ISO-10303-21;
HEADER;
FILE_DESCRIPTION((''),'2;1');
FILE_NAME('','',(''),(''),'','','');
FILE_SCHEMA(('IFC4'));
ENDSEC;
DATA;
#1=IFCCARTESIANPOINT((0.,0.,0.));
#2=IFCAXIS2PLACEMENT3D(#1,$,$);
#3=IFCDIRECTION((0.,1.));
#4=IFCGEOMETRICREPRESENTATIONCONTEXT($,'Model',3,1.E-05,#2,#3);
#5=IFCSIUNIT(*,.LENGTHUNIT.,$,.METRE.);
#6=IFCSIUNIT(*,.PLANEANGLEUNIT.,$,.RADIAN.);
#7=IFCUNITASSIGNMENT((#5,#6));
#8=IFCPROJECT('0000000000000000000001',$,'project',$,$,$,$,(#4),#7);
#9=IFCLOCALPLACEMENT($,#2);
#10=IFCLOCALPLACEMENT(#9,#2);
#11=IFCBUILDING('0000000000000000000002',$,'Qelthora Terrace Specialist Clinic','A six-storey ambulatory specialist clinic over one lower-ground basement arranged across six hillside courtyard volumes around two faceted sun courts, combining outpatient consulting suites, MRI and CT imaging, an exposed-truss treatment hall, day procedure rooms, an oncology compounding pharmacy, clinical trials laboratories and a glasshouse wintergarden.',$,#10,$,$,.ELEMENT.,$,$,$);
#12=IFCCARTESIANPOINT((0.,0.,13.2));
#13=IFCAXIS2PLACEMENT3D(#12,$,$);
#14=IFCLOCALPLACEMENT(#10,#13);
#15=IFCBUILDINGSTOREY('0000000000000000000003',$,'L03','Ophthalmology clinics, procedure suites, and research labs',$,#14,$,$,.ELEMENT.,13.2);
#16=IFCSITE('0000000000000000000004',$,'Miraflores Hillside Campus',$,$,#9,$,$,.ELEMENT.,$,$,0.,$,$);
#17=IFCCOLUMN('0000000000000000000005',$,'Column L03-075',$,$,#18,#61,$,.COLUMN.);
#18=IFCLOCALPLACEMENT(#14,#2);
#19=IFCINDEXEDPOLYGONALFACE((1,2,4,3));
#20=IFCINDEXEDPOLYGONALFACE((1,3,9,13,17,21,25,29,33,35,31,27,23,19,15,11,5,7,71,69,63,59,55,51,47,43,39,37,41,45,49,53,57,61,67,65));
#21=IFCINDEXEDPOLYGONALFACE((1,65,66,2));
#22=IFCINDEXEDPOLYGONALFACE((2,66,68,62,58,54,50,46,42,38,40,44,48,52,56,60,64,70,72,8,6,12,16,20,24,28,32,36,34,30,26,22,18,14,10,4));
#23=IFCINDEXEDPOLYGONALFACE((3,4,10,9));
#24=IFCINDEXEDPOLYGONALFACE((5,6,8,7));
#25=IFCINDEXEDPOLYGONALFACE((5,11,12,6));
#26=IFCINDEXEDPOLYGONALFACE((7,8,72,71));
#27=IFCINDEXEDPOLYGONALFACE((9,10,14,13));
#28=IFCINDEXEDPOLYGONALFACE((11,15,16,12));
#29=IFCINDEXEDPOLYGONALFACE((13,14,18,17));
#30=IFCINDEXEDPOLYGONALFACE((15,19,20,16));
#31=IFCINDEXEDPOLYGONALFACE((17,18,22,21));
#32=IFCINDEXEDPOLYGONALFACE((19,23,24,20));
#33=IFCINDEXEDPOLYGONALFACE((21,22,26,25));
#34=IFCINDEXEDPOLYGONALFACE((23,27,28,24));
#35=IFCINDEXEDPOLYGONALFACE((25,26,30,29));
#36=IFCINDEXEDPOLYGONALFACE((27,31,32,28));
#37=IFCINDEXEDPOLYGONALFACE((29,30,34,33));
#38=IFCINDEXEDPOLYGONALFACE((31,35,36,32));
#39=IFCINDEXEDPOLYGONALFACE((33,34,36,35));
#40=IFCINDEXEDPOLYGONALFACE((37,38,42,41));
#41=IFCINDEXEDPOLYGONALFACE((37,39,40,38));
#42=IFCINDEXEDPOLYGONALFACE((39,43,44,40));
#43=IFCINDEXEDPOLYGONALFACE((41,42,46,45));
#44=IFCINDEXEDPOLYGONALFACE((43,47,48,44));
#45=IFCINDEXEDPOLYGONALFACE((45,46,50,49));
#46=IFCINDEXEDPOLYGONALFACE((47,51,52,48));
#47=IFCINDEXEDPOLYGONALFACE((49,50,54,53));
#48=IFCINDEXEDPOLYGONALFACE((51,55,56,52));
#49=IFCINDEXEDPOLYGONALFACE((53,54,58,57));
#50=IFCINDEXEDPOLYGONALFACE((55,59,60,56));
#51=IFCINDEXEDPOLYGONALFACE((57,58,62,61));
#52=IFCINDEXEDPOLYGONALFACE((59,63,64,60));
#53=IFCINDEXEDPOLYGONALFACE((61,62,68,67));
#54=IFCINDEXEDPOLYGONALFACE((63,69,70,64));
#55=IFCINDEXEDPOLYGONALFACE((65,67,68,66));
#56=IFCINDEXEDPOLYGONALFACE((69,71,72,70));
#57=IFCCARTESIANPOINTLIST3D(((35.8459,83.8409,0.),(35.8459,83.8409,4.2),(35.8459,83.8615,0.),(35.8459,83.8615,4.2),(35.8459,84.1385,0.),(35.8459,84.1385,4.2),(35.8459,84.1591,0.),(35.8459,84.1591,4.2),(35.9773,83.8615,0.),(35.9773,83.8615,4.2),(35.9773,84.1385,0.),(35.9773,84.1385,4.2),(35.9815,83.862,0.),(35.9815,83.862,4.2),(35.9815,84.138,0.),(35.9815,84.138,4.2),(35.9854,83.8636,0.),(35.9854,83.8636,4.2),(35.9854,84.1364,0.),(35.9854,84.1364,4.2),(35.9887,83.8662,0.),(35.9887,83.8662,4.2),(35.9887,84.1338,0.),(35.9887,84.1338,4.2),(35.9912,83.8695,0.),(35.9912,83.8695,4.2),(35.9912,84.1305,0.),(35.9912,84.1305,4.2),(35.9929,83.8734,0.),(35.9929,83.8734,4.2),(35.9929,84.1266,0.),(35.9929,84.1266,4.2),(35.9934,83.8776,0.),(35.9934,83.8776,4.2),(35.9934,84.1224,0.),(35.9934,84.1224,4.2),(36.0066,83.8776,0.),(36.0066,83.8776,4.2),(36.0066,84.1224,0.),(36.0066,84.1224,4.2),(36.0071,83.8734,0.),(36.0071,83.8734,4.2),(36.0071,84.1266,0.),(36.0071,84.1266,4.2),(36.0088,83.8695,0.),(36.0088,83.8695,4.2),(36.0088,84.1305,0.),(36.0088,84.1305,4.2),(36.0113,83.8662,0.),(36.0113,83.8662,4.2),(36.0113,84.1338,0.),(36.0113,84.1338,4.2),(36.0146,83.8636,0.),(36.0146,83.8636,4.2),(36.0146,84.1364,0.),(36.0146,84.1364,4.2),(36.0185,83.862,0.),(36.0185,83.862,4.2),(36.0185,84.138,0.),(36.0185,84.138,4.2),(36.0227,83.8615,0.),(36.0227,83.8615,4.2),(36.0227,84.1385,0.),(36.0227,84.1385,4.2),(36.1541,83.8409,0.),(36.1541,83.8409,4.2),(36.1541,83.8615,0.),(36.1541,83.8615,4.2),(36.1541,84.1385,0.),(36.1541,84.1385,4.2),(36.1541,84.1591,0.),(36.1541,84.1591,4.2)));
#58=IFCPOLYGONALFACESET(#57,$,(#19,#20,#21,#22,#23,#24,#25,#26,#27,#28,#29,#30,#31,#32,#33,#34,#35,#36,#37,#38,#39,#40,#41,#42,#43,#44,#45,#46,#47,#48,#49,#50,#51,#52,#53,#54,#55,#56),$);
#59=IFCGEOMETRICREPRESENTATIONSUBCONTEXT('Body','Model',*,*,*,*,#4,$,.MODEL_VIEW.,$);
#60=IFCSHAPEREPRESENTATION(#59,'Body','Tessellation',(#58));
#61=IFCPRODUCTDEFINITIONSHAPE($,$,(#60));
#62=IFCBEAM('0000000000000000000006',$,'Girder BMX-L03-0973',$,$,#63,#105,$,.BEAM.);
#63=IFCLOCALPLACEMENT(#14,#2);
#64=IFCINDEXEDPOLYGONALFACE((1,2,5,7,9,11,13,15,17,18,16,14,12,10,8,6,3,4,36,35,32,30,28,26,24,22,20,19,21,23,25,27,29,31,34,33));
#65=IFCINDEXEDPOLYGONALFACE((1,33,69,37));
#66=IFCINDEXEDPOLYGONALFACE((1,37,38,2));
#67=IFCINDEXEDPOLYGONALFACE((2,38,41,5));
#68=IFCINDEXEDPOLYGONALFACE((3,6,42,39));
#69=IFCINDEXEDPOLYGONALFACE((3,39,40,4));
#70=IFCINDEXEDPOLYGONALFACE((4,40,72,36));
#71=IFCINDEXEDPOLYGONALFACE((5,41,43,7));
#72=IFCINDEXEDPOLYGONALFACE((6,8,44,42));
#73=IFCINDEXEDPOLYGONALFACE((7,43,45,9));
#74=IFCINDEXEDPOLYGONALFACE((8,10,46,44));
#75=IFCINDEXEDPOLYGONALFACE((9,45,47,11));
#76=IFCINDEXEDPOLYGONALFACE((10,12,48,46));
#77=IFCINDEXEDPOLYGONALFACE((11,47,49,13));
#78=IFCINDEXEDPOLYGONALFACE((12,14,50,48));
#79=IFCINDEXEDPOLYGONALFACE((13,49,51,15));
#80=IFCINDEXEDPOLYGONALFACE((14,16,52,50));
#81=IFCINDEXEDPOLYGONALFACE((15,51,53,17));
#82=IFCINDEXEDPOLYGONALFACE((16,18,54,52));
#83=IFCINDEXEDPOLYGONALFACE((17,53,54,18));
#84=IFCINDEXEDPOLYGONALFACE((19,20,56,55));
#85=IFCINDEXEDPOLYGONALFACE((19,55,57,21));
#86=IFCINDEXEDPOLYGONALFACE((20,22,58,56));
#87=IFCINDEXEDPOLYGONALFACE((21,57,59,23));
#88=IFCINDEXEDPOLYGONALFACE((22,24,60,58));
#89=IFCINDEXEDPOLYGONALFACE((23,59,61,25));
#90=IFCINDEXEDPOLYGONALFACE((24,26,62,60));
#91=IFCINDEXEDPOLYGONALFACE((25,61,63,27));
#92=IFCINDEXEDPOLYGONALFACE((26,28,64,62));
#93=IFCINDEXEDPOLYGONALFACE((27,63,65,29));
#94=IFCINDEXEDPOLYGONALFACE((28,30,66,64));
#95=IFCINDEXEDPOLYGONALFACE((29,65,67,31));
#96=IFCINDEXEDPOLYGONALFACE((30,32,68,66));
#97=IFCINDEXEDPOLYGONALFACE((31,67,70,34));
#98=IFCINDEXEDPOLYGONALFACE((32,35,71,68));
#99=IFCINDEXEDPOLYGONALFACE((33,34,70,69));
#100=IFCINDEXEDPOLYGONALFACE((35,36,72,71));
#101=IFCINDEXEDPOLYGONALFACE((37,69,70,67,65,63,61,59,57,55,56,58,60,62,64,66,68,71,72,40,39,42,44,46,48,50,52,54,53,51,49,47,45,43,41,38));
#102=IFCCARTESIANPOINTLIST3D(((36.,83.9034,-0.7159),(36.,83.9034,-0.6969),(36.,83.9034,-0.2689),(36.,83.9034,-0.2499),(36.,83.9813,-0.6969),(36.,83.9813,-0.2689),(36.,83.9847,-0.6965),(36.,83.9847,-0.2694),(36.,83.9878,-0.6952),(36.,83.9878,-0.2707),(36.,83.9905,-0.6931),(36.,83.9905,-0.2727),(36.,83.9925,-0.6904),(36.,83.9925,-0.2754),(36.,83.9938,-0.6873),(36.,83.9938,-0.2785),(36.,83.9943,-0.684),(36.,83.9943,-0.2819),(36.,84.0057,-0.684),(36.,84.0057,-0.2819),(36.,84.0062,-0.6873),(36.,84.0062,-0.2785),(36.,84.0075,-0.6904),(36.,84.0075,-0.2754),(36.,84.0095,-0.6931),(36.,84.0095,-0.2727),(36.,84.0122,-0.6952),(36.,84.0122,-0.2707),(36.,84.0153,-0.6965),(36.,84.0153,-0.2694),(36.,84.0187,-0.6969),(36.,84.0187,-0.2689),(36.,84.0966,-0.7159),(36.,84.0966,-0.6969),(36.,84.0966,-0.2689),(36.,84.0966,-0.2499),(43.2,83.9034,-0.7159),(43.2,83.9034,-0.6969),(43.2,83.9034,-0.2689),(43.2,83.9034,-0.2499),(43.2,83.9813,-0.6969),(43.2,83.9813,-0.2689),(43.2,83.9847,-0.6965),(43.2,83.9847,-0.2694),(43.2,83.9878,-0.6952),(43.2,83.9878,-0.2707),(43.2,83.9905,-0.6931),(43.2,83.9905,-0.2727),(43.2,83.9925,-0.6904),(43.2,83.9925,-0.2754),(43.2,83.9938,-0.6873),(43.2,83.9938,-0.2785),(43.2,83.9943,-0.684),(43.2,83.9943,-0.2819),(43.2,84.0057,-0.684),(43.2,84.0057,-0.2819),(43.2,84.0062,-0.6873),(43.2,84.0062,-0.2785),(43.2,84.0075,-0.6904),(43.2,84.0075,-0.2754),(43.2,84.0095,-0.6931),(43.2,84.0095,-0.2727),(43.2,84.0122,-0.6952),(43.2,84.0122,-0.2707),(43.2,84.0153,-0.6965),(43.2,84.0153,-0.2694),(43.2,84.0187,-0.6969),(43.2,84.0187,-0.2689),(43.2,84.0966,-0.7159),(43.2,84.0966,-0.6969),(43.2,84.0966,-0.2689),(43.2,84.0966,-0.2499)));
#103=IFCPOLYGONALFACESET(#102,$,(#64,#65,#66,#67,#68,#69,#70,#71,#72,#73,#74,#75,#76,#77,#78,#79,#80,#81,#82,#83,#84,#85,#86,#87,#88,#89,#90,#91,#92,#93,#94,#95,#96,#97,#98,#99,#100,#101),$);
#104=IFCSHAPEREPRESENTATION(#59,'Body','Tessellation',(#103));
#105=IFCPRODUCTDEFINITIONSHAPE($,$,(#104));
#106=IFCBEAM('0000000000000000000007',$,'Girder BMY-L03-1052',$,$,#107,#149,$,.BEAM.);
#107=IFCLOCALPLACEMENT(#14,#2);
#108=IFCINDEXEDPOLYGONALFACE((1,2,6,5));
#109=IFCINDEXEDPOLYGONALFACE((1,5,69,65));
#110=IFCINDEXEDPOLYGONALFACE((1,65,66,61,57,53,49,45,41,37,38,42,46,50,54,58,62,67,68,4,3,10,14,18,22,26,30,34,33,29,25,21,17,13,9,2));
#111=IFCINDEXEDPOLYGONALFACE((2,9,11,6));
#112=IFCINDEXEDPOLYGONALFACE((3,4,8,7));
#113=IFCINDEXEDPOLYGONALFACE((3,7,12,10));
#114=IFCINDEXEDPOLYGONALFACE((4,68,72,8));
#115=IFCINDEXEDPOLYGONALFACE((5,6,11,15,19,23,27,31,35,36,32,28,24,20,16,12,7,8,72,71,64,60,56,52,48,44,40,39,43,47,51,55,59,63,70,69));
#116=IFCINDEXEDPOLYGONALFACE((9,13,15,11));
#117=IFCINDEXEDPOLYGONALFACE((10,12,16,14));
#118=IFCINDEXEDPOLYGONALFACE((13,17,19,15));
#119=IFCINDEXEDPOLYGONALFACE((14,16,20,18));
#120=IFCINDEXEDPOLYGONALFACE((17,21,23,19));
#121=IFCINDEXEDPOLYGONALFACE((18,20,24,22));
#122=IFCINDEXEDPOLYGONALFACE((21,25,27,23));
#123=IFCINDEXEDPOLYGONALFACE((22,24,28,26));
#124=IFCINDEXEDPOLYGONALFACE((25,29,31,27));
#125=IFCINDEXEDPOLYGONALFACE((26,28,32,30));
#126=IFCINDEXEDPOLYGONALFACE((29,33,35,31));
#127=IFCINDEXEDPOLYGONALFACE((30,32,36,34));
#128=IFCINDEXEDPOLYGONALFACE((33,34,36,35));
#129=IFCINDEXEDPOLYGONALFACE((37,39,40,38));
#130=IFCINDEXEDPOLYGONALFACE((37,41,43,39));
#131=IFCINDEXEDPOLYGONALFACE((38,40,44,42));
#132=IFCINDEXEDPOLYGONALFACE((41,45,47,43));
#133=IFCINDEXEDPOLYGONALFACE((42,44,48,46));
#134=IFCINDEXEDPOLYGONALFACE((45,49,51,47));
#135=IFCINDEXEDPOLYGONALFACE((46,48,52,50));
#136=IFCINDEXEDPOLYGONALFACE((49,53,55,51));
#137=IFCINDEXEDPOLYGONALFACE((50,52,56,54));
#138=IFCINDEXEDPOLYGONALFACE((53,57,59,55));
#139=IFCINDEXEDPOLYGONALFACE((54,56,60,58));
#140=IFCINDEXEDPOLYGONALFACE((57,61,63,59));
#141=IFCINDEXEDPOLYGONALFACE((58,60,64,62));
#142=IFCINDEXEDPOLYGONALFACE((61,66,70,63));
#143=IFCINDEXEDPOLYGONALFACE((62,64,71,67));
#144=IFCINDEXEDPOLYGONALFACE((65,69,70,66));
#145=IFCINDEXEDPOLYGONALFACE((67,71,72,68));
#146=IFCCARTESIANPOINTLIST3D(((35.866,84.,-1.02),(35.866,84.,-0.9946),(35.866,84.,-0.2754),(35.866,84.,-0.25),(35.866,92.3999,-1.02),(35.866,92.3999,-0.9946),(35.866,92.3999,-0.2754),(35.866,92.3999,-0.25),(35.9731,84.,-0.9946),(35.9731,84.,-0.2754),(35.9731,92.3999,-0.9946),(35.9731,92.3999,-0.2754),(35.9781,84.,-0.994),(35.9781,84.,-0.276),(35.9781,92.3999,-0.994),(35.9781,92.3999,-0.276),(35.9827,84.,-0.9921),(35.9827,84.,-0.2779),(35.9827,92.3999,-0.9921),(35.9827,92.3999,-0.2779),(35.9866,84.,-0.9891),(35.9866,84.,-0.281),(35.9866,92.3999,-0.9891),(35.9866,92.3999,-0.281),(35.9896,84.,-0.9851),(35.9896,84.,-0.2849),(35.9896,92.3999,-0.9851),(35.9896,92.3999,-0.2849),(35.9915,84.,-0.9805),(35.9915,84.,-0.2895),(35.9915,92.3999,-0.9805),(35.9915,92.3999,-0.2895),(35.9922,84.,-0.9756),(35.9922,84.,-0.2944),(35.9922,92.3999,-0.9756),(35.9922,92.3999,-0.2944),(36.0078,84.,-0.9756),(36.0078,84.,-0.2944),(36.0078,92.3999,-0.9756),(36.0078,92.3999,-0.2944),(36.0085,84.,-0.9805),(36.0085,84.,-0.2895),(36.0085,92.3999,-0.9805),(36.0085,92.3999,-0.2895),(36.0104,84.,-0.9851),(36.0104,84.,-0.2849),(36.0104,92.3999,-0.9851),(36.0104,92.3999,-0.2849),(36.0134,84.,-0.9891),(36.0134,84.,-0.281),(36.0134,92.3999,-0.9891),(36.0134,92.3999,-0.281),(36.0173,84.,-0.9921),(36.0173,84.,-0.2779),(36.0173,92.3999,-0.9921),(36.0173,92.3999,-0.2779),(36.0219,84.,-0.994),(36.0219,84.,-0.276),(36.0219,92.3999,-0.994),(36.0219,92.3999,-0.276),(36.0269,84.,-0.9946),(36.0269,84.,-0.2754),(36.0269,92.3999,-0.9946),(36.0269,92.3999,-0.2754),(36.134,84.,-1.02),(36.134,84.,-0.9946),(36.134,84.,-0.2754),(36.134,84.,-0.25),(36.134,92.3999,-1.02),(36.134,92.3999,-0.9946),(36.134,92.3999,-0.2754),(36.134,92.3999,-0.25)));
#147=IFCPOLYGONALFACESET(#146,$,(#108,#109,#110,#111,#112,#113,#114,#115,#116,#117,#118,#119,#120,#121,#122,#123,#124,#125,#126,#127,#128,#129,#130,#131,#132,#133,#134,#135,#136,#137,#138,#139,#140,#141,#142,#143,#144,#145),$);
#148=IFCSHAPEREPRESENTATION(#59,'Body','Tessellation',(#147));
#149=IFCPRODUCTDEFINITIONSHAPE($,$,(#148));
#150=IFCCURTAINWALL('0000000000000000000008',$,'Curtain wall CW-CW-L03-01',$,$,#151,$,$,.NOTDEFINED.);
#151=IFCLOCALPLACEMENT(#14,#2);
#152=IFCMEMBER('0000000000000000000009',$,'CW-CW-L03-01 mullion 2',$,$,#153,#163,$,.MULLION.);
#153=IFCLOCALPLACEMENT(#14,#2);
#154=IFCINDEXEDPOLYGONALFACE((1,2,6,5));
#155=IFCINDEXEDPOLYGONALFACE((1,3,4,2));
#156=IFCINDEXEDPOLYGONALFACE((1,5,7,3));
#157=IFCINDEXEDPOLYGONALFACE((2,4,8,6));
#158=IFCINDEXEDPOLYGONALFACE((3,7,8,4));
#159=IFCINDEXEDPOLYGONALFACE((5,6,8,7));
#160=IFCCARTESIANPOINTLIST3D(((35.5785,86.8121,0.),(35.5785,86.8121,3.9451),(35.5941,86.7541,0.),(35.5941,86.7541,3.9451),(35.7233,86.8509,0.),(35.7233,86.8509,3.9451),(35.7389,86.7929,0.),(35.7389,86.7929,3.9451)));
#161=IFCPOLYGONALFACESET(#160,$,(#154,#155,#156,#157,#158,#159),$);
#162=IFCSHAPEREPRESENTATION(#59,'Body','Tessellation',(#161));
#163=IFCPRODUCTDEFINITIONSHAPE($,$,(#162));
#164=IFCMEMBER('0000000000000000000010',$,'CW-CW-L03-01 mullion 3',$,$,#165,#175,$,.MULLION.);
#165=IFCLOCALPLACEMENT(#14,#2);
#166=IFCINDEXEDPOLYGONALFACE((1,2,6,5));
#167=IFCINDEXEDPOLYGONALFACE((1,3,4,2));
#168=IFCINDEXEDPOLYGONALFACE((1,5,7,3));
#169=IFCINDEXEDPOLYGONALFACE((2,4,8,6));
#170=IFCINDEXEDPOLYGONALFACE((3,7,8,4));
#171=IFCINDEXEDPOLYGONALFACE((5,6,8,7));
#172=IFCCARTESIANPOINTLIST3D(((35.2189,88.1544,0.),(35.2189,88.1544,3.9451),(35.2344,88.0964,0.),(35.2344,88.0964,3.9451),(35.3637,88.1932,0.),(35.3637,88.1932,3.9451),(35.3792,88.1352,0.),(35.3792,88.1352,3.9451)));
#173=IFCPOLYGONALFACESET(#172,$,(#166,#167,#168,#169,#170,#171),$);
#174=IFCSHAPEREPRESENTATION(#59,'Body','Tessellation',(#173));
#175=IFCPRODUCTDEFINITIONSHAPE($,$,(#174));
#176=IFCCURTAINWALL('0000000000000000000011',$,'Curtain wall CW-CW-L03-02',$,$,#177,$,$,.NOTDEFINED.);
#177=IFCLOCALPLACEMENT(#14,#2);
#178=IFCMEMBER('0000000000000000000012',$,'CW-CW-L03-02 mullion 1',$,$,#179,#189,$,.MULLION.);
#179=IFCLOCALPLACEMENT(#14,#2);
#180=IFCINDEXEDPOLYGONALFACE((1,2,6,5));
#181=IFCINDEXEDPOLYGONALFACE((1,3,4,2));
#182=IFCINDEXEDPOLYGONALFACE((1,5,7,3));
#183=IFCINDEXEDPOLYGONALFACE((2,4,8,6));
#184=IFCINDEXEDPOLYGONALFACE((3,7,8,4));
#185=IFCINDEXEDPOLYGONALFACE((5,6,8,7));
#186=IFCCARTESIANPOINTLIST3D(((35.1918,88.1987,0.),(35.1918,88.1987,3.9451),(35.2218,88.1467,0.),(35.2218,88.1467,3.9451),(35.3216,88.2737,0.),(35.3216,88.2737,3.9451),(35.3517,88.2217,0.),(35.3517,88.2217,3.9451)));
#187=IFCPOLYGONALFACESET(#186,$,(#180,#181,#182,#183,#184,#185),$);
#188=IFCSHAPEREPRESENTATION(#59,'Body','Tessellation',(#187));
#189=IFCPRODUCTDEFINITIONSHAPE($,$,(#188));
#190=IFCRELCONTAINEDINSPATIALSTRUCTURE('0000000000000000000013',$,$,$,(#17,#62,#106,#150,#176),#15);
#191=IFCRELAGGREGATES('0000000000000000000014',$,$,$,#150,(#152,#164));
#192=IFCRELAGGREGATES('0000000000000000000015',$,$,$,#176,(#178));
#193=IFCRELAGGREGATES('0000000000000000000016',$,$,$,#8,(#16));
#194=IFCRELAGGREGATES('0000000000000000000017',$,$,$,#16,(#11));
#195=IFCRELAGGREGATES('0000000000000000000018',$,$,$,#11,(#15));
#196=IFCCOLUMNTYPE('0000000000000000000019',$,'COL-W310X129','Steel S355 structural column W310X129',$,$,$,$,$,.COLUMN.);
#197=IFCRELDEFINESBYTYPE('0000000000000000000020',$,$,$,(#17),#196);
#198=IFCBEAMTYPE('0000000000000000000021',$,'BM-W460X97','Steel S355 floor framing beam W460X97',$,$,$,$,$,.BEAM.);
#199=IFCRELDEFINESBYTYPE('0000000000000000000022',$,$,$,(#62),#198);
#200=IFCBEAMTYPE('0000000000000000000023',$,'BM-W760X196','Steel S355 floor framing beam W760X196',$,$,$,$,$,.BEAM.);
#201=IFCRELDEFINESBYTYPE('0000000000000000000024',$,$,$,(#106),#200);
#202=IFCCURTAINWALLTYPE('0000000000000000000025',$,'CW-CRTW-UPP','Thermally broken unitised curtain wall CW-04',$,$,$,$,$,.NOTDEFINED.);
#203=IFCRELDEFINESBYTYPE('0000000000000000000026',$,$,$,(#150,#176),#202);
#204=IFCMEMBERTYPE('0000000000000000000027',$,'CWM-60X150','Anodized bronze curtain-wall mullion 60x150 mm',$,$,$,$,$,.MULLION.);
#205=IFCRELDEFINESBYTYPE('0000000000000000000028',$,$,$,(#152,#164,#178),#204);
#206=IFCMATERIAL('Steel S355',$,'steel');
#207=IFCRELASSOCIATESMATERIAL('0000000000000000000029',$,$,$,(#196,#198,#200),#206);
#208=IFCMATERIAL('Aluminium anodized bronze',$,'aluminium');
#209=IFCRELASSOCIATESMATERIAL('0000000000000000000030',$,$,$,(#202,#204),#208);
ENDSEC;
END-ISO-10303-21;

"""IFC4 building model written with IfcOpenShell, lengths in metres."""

from ifc_helpers import new_model, si_unit, direction, frame, origin, origin_2d, place, context, subcontext, project, spatial, rectangle, i_section, extrude, material, material_profile, profile_set, type_object, element, aggregate, save


model = new_model("IFC4")

# Units and contexts
model_context = context("Model", 3, precision=1e-05, world=origin(), true_north=direction((0.0, 1.0)))
body_context = subcontext(model_context, "Body", "Model", "MODEL_VIEW")
ifc_project = project(units=[si_unit("LENGTHUNIT", "METRE"), si_unit("PLANEANGLEUNIT", "RADIAN")], contexts=[model_context])

# Site, building, storey
site_placement = place(None, origin())
site = spatial("IfcSite", under=ifc_project, at=site_placement, Name="Miraflores Hillside Campus", CompositionType="ELEMENT", RefElevation=0.0)
building_placement = place(site_placement, origin())
building = spatial("IfcBuilding", under=site, at=building_placement, Name="Qelthora Terrace Specialist Clinic", Description="A six-storey ambulatory specialist clinic over one lower-ground basement arranged across six hillside courtyard volumes around two faceted sun courts, combining outpatient consulting suites, MRI and CT imaging, an exposed-truss treatment hall, day procedure rooms, an oncology compounding pharmacy, clinical trials laboratories and a glasshouse wintergarden.", CompositionType="ELEMENT")
storey_placement = place(building_placement, frame((0.0, 0.0, 13.2)))
storey = spatial("IfcBuildingStorey", under=building, at=storey_placement, Name="L03", Description="Ophthalmology clinics, procedure suites, and research labs", CompositionType="ELEMENT", Elevation=13.2)

# Column
ifc_material_1 = material(Name="Steel S355", Category="steel")
ifc_material_profile_1 = material_profile(ifc_material_1, i_section(OverallWidth=0.3081, OverallDepth=0.3181, WebThickness=0.0132, FlangeThickness=0.0205, FilletRadius=0.0161, at=origin_2d()), Name="W310X129")
ifc_profile_set_1 = profile_set([ifc_material_profile_1], Name="Steel S355")
column_type = type_object("IfcColumnType", Name="COL-W310X129", Description="Steel S355 structural column W310X129", PredefinedType="COLUMN", material=ifc_profile_set_1)
column_placement = place(storey_placement, frame((36.0, 84.0, 0.0), z_axis=(0.0, 0.0, 1.0), x_axis=(1.0, 0.0, 0.0)))
element("IfcColumn", 1, at=column_placement, inside=storey, type_object=column_type, Name="Column L03-075", PredefinedType="COLUMN", context=body_context, shape_type="SweptSolid", body=[
    extrude(i_section(OverallWidth=0.3081, OverallDepth=0.3181, WebThickness=0.0132, FlangeThickness=0.0205, FilletRadius=0.0161, at=origin_2d()), origin(), (0.0, 0.0, 1.0), 4.2),
])

# Beams
ifc_material_profile_2 = material_profile(ifc_material_1, i_section(OverallWidth=0.1931, OverallDepth=0.4661, WebThickness=0.0115, FlangeThickness=0.019, FilletRadius=0.0129, at=origin_2d()), Name="W460X97")
ifc_profile_set_2 = profile_set([ifc_material_profile_2], Name="Steel S355")
beam_type_1 = type_object("IfcBeamType", Name="BM-W460X97", Description="Steel S355 floor framing beam W460X97", PredefinedType="BEAM", material=ifc_profile_set_2)
beam_1_placement = place(storey_placement, frame((36.0, 84.0, -0.4829), z_axis=(1.0, 0.0, 0.0), x_axis=(0.0, 1.0, 0.0)))
element("IfcBeam", 2, at=beam_1_placement, inside=storey, type_object=beam_type_1, Name="Girder BMX-L03-0973", PredefinedType="BEAM", context=body_context, shape_type="SweptSolid", body=[
    extrude(i_section(OverallWidth=0.1931, OverallDepth=0.4661, WebThickness=0.0115, FlangeThickness=0.019, FilletRadius=0.0129, at=origin_2d()), origin(), (0.0, 0.0, 1.0), 7.2),
])
ifc_material_profile_3 = material_profile(ifc_material_1, i_section(OverallWidth=0.2681, OverallDepth=0.77, WebThickness=0.0156, FlangeThickness=0.0254, FilletRadius=0.019, at=origin_2d()), Name="W760X196")
ifc_profile_set_3 = profile_set([ifc_material_profile_3], Name="Steel S355")
beam_type_2 = type_object("IfcBeamType", Name="BM-W760X196", Description="Steel S355 floor framing beam W760X196", PredefinedType="BEAM", material=ifc_profile_set_3)
beam_2_placement = place(storey_placement, frame((36.0, 84.0, -0.635), z_axis=(0.0, 1.0, 0.0), x_axis=(-1.0, 0.0, 0.0)))
element("IfcBeam", 3, at=beam_2_placement, inside=storey, type_object=beam_type_2, Name="Girder BMY-L03-1052", PredefinedType="BEAM", context=body_context, shape_type="SweptSolid", body=[
    extrude(i_section(OverallWidth=0.2681, OverallDepth=0.77, WebThickness=0.0156, FlangeThickness=0.0254, FilletRadius=0.019, at=origin_2d()), origin(), (0.0, 0.0, 1.0), 8.3999),
])

# Curtain wall, members
ifc_material_2 = material(Name="Aluminium anodized bronze", Category="aluminium")
curtain_wall_type = type_object("IfcCurtainWallType", Name="CW-CRTW-UPP", Description="Thermally broken unitised curtain wall CW-04", PredefinedType="NOTDEFINED", material=ifc_material_2)
curtain_wall_1_placement = place(storey_placement, origin())
curtain_wall_1 = element("IfcCurtainWall", 4, at=curtain_wall_1_placement, inside=storey, type_object=curtain_wall_type, Name="Curtain wall CW-CW-L03-01", PredefinedType="NOTDEFINED")
ifc_material_profile_4 = material_profile(ifc_material_2, rectangle(XDim=0.0601, YDim=0.1499, at=origin_2d()), Name="CWM60X150")
ifc_profile_set_4 = profile_set([ifc_material_profile_4], Name="Aluminium anodized bronze")
member_type_1 = type_object("IfcMemberType", Name="CWM-60X150", Description="Anodized bronze curtain-wall mullion 60x150 mm", PredefinedType="MULLION", material=ifc_profile_set_4)
member_1_placement = place(storey_placement, frame((35.6587, 86.8025, 0.0), z_axis=(0.0, 0.0, 1.0), x_axis=(-0.25882, 0.965925, 0.0)))
member_1 = element("IfcMember", 5, at=member_1_placement, type_object=member_type_1, Name="CW-CW-L03-01 mullion 2", PredefinedType="MULLION", context=body_context, shape_type="SweptSolid", body=[
    extrude(rectangle(XDim=0.0601, YDim=0.1499, at=origin_2d()), origin(), (0.0, 0.0, 1.0), 3.9451),
])
member_2_placement = place(storey_placement, frame((35.2991, 88.1448, 0.0), z_axis=(0.0, 0.0, 1.0), x_axis=(-0.25882, 0.965925, 0.0)))
member_2 = element("IfcMember", 6, at=member_2_placement, type_object=member_type_1, Name="CW-CW-L03-01 mullion 3", PredefinedType="MULLION", context=body_context, shape_type="SweptSolid", body=[
    extrude(rectangle(XDim=0.0601, YDim=0.1499, at=origin_2d()), origin(), (0.0, 0.0, 1.0), 3.9451),
])

# Curtain wall, member
curtain_wall_2_placement = place(storey_placement, origin())
curtain_wall_2 = element("IfcCurtainWall", 7, at=curtain_wall_2_placement, inside=storey, type_object=curtain_wall_type, Name="Curtain wall CW-CW-L03-02", PredefinedType="NOTDEFINED")
member_3_placement = place(storey_placement, frame((35.2717, 88.2102, 0.0), z_axis=(0.0, 0.0, 1.0), x_axis=(-0.5, 0.866026, 0.0)))
member_3 = element("IfcMember", 8, at=member_3_placement, type_object=member_type_1, Name="CW-CW-L03-02 mullion 1", PredefinedType="MULLION", context=body_context, shape_type="SweptSolid", body=[
    extrude(rectangle(XDim=0.0601, YDim=0.1499, at=origin_2d()), origin(), (0.0, 0.0, 1.0), 3.9451),
])

aggregate(curtain_wall_1, [member_1, member_2])
aggregate(curtain_wall_2, [member_3])

save(model, "model.ifc")
